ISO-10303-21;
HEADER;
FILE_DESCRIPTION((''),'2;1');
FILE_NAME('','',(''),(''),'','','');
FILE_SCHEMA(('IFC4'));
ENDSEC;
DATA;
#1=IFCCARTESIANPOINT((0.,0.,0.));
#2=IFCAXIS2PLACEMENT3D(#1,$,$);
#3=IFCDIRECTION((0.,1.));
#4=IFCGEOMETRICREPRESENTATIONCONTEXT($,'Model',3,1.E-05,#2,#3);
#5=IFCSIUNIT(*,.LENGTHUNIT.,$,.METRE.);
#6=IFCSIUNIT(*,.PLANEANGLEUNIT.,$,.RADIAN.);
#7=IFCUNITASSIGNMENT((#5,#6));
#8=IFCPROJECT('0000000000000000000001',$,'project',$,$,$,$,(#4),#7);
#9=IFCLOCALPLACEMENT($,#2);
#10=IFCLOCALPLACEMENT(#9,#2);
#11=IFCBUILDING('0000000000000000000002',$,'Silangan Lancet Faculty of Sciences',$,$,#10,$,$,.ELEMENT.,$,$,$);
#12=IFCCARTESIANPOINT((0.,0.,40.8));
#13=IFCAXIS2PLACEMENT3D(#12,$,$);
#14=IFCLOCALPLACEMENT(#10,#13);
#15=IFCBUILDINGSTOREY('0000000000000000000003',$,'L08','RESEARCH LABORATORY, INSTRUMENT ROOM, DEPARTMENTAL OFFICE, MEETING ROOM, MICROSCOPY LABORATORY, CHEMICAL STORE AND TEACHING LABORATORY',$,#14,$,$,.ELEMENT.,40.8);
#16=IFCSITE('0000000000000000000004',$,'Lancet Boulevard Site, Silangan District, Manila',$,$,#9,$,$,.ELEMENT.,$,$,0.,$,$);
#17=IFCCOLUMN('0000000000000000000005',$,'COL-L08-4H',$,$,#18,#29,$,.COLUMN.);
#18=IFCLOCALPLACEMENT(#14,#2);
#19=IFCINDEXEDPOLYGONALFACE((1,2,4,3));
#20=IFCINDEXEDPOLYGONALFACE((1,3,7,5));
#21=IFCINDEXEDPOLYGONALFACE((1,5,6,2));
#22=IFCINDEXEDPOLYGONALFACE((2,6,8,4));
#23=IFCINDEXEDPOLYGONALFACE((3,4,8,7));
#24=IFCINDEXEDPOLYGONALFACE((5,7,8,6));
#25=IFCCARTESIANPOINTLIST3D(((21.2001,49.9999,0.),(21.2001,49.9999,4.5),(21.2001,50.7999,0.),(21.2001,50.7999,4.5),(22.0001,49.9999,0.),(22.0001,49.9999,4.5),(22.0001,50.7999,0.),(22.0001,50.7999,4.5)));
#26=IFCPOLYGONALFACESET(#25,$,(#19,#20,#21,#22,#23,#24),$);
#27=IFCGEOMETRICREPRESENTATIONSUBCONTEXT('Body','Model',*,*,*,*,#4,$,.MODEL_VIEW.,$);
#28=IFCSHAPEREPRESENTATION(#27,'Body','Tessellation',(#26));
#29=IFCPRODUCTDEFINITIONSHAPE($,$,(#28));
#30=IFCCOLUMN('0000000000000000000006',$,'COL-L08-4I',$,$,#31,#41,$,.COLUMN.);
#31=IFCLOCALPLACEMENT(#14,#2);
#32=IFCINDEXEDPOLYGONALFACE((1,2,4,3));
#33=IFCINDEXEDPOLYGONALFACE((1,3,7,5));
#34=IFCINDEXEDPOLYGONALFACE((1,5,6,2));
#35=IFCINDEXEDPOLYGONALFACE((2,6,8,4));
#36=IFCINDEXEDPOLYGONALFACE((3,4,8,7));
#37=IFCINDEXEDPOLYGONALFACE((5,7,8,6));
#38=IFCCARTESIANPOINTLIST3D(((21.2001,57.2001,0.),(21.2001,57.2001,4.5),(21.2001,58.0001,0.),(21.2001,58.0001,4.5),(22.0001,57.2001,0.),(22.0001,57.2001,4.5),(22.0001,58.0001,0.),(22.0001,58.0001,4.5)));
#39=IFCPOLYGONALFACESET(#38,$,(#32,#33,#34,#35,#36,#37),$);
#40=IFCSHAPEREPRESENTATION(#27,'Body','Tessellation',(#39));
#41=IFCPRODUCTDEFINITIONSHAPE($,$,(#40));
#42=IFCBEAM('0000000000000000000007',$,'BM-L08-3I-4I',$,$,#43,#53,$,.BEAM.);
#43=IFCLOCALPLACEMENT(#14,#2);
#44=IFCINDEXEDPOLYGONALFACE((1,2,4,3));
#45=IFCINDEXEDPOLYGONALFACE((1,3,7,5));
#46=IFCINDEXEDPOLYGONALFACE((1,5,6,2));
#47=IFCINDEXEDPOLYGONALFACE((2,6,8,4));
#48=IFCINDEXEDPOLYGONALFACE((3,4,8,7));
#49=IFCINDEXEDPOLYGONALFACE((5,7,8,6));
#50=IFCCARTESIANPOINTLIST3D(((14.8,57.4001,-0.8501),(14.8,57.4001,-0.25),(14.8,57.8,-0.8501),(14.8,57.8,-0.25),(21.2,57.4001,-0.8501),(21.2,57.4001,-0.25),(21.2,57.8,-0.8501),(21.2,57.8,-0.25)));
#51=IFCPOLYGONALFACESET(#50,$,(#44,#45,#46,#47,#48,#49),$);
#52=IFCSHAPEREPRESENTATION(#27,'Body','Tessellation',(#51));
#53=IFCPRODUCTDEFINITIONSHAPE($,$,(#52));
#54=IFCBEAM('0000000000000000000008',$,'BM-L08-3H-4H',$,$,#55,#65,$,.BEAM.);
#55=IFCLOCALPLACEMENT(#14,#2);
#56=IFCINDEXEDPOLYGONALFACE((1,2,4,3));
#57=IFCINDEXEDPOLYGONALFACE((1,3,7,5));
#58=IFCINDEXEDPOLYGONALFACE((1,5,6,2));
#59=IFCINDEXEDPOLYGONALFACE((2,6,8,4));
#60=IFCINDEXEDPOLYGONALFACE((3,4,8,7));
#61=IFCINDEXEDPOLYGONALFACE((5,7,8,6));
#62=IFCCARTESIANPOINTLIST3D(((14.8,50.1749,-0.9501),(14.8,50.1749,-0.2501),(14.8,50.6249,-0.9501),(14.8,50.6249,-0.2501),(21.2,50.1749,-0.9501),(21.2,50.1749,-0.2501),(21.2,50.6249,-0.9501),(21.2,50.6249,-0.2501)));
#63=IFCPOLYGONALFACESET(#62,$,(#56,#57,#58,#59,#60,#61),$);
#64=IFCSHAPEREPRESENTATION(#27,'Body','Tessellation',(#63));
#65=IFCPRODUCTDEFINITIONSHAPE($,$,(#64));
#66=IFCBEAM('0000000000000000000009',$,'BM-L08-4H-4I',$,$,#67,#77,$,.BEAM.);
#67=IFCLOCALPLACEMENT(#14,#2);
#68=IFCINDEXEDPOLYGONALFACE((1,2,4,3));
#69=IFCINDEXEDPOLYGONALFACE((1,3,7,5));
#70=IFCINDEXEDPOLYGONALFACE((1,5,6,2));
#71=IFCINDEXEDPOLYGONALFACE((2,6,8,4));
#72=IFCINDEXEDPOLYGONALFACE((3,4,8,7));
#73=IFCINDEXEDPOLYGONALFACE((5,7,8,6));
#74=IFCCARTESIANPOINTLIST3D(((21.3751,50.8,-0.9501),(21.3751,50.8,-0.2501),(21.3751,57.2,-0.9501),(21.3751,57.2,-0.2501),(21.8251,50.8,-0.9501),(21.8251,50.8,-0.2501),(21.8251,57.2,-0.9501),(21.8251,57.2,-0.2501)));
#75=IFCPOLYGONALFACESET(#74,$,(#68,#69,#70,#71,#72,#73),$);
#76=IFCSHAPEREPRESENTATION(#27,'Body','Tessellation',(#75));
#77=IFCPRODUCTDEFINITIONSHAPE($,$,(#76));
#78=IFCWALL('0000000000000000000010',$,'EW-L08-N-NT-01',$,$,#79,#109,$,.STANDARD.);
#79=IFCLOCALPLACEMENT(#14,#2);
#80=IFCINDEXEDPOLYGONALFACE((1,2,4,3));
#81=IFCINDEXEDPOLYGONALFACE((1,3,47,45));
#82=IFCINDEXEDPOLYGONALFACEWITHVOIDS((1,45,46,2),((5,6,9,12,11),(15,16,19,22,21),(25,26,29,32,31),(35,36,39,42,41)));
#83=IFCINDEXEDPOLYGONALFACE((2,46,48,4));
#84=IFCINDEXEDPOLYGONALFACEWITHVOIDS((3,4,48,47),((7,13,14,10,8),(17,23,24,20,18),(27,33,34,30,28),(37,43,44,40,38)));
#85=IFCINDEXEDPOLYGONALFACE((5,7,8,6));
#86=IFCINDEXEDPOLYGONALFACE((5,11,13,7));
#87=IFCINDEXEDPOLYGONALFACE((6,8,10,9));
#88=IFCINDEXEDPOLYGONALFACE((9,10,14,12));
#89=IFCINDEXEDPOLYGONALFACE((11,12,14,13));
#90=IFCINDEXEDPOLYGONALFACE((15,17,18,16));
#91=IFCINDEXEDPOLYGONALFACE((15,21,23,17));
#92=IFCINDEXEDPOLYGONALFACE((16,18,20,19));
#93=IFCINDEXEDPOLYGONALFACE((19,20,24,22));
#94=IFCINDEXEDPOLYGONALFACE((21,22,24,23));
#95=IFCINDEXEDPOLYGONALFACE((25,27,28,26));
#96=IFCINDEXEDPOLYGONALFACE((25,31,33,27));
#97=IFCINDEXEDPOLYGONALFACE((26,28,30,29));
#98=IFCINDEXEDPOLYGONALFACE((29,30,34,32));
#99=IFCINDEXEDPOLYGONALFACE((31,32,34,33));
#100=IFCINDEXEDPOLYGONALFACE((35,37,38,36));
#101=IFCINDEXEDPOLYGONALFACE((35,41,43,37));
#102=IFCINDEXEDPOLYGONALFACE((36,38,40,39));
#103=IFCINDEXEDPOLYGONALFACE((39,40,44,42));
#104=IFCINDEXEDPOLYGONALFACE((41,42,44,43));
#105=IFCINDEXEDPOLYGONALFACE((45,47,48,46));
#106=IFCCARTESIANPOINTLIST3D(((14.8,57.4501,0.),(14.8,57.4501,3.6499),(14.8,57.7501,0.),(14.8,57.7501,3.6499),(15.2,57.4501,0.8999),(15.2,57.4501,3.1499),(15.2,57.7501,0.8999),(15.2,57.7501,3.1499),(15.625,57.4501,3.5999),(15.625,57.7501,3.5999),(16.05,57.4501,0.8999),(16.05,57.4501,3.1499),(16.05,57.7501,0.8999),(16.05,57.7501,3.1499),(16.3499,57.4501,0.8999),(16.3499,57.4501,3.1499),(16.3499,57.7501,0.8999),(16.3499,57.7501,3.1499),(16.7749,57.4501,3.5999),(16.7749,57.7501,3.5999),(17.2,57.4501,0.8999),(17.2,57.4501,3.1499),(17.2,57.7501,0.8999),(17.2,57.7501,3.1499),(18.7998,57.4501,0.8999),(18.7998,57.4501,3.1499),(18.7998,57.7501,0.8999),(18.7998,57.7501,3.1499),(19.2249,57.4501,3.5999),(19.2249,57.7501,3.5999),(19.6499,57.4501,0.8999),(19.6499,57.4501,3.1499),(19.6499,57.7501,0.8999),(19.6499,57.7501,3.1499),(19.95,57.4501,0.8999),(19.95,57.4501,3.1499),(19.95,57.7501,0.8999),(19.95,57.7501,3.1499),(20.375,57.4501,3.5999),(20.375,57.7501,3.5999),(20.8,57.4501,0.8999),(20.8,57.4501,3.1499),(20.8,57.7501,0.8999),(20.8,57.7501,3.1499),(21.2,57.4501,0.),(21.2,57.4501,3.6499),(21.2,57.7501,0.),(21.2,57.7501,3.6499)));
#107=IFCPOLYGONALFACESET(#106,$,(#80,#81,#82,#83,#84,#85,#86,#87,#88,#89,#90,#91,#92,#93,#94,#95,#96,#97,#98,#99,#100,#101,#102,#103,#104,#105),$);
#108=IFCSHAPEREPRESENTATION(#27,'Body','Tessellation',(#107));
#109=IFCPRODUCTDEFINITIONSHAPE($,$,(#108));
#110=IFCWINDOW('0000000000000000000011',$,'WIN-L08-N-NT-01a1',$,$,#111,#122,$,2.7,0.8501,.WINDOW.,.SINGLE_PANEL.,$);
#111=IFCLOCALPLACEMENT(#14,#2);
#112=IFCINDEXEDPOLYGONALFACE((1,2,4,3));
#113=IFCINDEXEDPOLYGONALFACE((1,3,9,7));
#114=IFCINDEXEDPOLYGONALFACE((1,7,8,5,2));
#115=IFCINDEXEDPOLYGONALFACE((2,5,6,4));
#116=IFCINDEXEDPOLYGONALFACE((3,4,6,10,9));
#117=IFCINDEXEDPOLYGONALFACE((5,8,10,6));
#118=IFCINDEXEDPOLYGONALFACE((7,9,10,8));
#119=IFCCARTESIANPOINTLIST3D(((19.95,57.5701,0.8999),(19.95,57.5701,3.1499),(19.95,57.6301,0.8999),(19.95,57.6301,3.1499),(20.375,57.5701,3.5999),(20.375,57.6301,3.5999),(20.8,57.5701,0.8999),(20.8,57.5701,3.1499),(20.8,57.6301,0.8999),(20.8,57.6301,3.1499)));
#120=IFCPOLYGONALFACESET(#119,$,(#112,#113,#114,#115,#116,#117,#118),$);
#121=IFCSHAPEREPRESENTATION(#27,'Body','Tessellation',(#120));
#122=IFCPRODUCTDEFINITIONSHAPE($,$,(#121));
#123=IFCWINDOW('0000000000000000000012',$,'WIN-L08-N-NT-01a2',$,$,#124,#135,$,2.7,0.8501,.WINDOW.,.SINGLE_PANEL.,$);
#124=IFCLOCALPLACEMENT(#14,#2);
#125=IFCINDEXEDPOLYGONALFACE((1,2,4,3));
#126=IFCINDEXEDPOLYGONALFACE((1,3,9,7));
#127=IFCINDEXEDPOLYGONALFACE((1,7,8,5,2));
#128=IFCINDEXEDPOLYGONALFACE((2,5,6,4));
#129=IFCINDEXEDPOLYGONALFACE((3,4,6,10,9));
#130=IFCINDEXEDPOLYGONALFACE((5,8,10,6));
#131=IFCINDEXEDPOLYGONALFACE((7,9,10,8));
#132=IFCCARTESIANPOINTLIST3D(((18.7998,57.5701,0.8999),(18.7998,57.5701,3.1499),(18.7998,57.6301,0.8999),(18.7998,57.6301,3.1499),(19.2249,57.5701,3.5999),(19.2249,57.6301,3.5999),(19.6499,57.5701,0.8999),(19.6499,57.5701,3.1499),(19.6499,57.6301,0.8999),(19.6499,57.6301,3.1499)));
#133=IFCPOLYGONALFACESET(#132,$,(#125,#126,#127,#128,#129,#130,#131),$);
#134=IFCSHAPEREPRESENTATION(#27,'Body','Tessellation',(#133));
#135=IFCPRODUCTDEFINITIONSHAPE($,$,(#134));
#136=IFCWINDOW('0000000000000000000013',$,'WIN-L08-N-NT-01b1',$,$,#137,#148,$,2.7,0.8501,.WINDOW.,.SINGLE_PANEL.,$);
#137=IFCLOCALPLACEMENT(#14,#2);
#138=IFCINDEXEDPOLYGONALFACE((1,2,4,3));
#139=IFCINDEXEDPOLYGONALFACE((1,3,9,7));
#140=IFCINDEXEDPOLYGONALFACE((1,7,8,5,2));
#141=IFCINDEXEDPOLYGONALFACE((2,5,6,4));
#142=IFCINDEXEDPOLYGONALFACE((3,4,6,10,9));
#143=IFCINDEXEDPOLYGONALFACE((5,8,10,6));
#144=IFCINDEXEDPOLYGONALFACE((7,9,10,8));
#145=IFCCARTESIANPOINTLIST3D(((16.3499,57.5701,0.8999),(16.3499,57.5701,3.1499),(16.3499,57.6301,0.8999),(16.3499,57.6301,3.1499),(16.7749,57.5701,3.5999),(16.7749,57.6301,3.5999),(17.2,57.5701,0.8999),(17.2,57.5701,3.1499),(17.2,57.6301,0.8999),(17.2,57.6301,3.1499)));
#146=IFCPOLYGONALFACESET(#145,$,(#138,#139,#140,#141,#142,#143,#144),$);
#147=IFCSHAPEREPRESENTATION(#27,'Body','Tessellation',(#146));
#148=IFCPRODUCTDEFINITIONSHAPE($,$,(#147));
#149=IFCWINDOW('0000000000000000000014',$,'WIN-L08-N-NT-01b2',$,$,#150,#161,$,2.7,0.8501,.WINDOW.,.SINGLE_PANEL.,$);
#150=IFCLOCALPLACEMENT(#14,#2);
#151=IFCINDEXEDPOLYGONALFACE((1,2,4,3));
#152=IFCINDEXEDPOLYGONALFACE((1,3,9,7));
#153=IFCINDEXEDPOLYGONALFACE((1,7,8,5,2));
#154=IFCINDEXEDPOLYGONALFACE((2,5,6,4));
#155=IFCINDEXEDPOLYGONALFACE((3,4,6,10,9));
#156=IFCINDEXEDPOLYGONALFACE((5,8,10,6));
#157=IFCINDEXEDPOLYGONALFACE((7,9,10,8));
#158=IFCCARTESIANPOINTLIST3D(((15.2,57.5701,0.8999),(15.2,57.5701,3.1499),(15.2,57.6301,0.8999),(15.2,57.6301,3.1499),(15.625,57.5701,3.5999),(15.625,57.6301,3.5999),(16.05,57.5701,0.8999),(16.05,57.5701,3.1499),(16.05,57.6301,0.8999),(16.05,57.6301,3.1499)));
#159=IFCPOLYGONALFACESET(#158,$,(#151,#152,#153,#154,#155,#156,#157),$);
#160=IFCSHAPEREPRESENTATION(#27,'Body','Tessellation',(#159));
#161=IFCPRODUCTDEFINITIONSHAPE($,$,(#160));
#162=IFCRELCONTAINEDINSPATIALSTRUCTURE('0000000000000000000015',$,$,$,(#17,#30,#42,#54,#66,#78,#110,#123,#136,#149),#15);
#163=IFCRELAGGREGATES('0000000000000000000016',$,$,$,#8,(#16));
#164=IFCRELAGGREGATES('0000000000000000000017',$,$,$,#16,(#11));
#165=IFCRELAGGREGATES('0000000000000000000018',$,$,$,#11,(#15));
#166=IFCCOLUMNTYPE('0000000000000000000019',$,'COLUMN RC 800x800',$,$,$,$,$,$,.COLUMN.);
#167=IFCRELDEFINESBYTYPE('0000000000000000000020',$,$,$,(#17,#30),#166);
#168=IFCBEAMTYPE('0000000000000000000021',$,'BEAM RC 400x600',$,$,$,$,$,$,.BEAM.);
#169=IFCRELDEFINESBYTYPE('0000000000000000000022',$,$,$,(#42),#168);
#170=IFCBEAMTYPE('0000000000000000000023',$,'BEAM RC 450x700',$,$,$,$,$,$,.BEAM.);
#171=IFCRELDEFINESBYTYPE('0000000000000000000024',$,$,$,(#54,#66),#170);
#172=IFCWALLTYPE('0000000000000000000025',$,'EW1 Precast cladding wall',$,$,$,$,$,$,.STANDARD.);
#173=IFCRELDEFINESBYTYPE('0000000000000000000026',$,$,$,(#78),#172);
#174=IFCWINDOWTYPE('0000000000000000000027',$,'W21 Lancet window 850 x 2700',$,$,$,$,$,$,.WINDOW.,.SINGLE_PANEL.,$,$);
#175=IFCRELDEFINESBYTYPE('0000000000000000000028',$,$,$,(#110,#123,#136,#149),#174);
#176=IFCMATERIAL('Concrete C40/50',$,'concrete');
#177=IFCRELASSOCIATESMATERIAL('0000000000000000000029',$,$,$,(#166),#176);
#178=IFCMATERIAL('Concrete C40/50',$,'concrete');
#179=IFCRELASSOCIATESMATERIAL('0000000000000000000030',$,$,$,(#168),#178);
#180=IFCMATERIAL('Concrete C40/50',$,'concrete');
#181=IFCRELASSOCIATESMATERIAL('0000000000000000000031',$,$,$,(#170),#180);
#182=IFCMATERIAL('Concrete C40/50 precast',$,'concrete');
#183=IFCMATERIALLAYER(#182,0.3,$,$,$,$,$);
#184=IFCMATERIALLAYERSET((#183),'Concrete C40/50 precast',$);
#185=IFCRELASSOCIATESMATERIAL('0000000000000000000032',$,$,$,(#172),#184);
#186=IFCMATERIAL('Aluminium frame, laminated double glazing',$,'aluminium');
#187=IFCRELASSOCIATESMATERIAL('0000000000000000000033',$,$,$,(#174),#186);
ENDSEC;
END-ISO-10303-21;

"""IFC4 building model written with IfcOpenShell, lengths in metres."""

from ifc_helpers import new_model, si_unit, direction, frame, frame_2d, origin, origin_2d, place, context, subcontext, project, spatial, polyline, rectangle, outline, extrude, material, layer, layer_set, material_profile, profile_set, type_object, element, fill, save


model = new_model("IFC4")

# Units and contexts
model_context = context("Model", 3, precision=1e-05, world=origin(), true_north=direction((0.0, 1.0)))
body_context = subcontext(model_context, "Body", "Model", "MODEL_VIEW")
ifc_project = project(units=[si_unit("LENGTHUNIT", "METRE"), si_unit("PLANEANGLEUNIT", "RADIAN")], contexts=[model_context])

# Site, building, storey
site_placement = place(None, origin())
site = spatial("IfcSite", under=ifc_project, at=site_placement, Name="Lancet Boulevard Site, Silangan District, Manila", CompositionType="ELEMENT", RefElevation=0.0)
building_placement = place(site_placement, origin())
building = spatial("IfcBuilding", under=site, at=building_placement, Name="Silangan Lancet Faculty of Sciences", CompositionType="ELEMENT")
storey_placement = place(building_placement, frame((0.0, 0.0, 40.8)))
storey = spatial("IfcBuildingStorey", under=building, at=storey_placement, Name="L08", Description="RESEARCH LABORATORY, INSTRUMENT ROOM, DEPARTMENTAL OFFICE, MEETING ROOM, MICROSCOPY LABORATORY, CHEMICAL STORE AND TEACHING LABORATORY", CompositionType="ELEMENT", Elevation=40.8)

# Columns
ifc_material_1 = material(Name="Concrete C40/50", Category="concrete")
ifc_material_profile_1 = material_profile(ifc_material_1, rectangle(XDim=0.8, YDim=0.8, at=origin_2d()), Name="RC 800x800")
ifc_profile_set_1 = profile_set([ifc_material_profile_1], Name="Concrete C40/50")
column_type = type_object("IfcColumnType", Name="COLUMN RC 800x800", PredefinedType="COLUMN", material=ifc_profile_set_1)
for number, where, z_axis, x_axis, name in (
    (1, (21.6001, 50.3999, 0.0), (0.0, 0.0, 1.0), (1.0, 0.0, 0.0), "COL-L08-4H"),
    (2, (21.6001, 57.6001, 0.0), (0.0, 0.0, 1.0), (1.0, 0.0, 0.0), "COL-L08-4I"),
):
    element("IfcColumn", number, at=place(storey_placement, frame(where, z_axis=z_axis, x_axis=x_axis)), inside=storey, type_object=column_type, Name=name, PredefinedType="COLUMN", context=body_context, shape_type="SweptSolid", body=[
        extrude(rectangle(XDim=0.8, YDim=0.8, at=origin_2d()), origin(), (0.0, 0.0, 1.0), 4.5),
    ])

# Beams
ifc_material_2 = material(Name="Concrete C40/50", Category="concrete")
ifc_material_profile_2 = material_profile(ifc_material_2, rectangle(XDim=0.3999, YDim=0.6001, at=origin_2d()), Name="RC 400x600")
ifc_profile_set_2 = profile_set([ifc_material_profile_2], Name="Concrete C40/50")
beam_type_1 = type_object("IfcBeamType", Name="BEAM RC 400x600", PredefinedType="BEAM", material=ifc_profile_set_2)
beam_placement = place(storey_placement, frame((14.8, 57.6001, -0.55), z_axis=(1.0, 0.0, 0.0), x_axis=(0.0, 1.0, 0.0)))
element("IfcBeam", 3, at=beam_placement, inside=storey, type_object=beam_type_1, Name="BM-L08-3I-4I", PredefinedType="BEAM", context=body_context, shape_type="SweptSolid", body=[
    extrude(rectangle(XDim=0.3999, YDim=0.6001, at=origin_2d()), origin(), (0.0, 0.0, 1.0), 6.3999),
])
ifc_material_3 = material(Name="Concrete C40/50", Category="concrete")
ifc_material_profile_3 = material_profile(ifc_material_3, rectangle(XDim=0.45, YDim=0.7, at=origin_2d()), Name="RC 450x700")
ifc_profile_set_3 = profile_set([ifc_material_profile_3], Name="Concrete C40/50")
beam_type_2 = type_object("IfcBeamType", Name="BEAM RC 450x700", PredefinedType="BEAM", material=ifc_profile_set_3)
for number, where, z_axis, x_axis, name in (
    (4, (14.8, 50.3999, -0.6001), (1.0, 0.0, 0.0), (0.0, 1.0, 0.0), "BM-L08-3H-4H"),
    (5, (21.6001, 50.8, -0.6001), (0.0, 1.0, 0.0), (-1.0, 0.0, 0.0), "BM-L08-4H-4I"),
):
    element("IfcBeam", number, at=place(storey_placement, frame(where, z_axis=z_axis, x_axis=x_axis)), inside=storey, type_object=beam_type_2, Name=name, PredefinedType="BEAM", context=body_context, shape_type="SweptSolid", body=[
        extrude(rectangle(XDim=0.45, YDim=0.7, at=origin_2d()), origin(), (0.0, 0.0, 1.0), 6.3999),
    ])

# Wall, openings, windows
ifc_material_4 = material(Name="Concrete C40/50 precast", Category="concrete")
ifc_layer_1 = layer(ifc_material_4, 0.3)
ifc_layer_set_1 = layer_set([ifc_layer_1], Name="Concrete C40/50 precast")
wall_type_1 = type_object("IfcWallType", Name="EW1 Precast cladding wall", PredefinedType="STANDARD", material=ifc_layer_set_1)
wall_1_placement = place(storey_placement, frame((21.2, 57.6001, 0.0), z_axis=(0.0, 0.0, 1.0), x_axis=(-1.0, 0.0, 0.0)))
wall_1 = element("IfcWall", 6, at=wall_1_placement, inside=storey, type_object=wall_type_1, Name="EW-L08-N-NT-01", PredefinedType="STANDARD", context=body_context, shape_type="SweptSolid", body=[
    extrude(rectangle(XDim=6.3999, YDim=0.3, at=frame_2d((3.2, 0.0))), origin(), (0.0, 0.0, 1.0), 3.6499),
])
opening_1_placement = place(wall_1_placement, frame((0.3999, 0.0, 0.8999)))
opening_1 = element("IfcOpeningElement", 7, at=opening_1_placement, cuts=wall_1, PredefinedType="OPENING", context=body_context, shape_type="SweptSolid", body=[
    extrude(outline(polyline([(0.0, 0.0), (0.8501, 0.0), (0.8501, 2.25), (0.425, 2.7), (0.0, 2.25), (0.0, 0.0)])), frame((0.0, 0.1599, 0.0), z_axis=(0.0, -1.0, 0.0), x_axis=(1.0, 0.0, 0.0)), (0.0, 0.0, 1.0), 0.3201),
])
opening_2_placement = place(wall_1_placement, frame((1.55, 0.0, 0.8999)))
opening_2 = element("IfcOpeningElement", 8, at=opening_2_placement, cuts=wall_1, PredefinedType="OPENING", context=body_context, shape_type="SweptSolid", body=[
    extrude(outline(polyline([(0.0, 0.0), (0.8501, 0.0), (0.8501, 2.25), (0.425, 2.7), (0.0, 2.25), (0.0, 0.0)])), frame((0.0, 0.1599, 0.0), z_axis=(0.0, -1.0, 0.0), x_axis=(1.0, 0.0, 0.0)), (0.0, 0.0, 1.0), 0.3201),
])
opening_3_placement = place(wall_1_placement, frame((4.0, 0.0, 0.8999)))
opening_3 = element("IfcOpeningElement", 9, at=opening_3_placement, cuts=wall_1, PredefinedType="OPENING", context=body_context, shape_type="SweptSolid", body=[
    extrude(outline(polyline([(0.0, 0.0), (0.8501, 0.0), (0.8501, 2.25), (0.425, 2.7), (0.0, 2.25), (0.0, 0.0)])), frame((0.0, 0.1599, 0.0), z_axis=(0.0, -1.0, 0.0), x_axis=(1.0, 0.0, 0.0)), (0.0, 0.0, 1.0), 0.3201),
])
opening_4_placement = place(wall_1_placement, frame((5.1499, 0.0, 0.8999)))
opening_4 = element("IfcOpeningElement", 10, at=opening_4_placement, cuts=wall_1, PredefinedType="OPENING", context=body_context, shape_type="SweptSolid", body=[
    extrude(outline(polyline([(0.0, 0.0), (0.8501, 0.0), (0.8501, 2.25), (0.425, 2.7), (0.0, 2.25), (0.0, 0.0)])), frame((0.0, 0.1599, 0.0), z_axis=(0.0, -1.0, 0.0), x_axis=(1.0, 0.0, 0.0)), (0.0, 0.0, 1.0), 0.3201),
])
ifc_material_5 = material(Name="Aluminium frame, laminated double glazing", Category="aluminium")
window_type = type_object("IfcWindowType", Name="W21 Lancet window 850 x 2700", PartitioningType="SINGLE_PANEL", PredefinedType="WINDOW", material=ifc_material_5)
window_1_placement = place(opening_1_placement, origin())
window_1 = element("IfcWindow", 11, at=window_1_placement, inside=storey, type_object=window_type, Name="WIN-L08-N-NT-01a1", OverallHeight=2.7, OverallWidth=0.8501, PartitioningType="SINGLE_PANEL", PredefinedType="WINDOW", context=body_context, shape_type="SweptSolid", body=[
    extrude(outline(polyline([(0.0, 0.0), (0.8501, 0.0), (0.8501, 2.25), (0.425, 2.7), (0.0, 2.25), (0.0, 0.0)])), frame((0.0, 0.03, 0.0), z_axis=(0.0, -1.0, 0.0), x_axis=(1.0, 0.0, 0.0)), (0.0, 0.0, 1.0), 0.0601),
])
fill(opening_1, window_1)
window_2_placement = place(opening_2_placement, origin())
window_2 = element("IfcWindow", 12, at=window_2_placement, inside=storey, type_object=window_type, Name="WIN-L08-N-NT-01a2", OverallHeight=2.7, OverallWidth=0.8501, PartitioningType="SINGLE_PANEL", PredefinedType="WINDOW", context=body_context, shape_type="SweptSolid", body=[
    extrude(outline(polyline([(0.0, 0.0), (0.8501, 0.0), (0.8501, 2.25), (0.425, 2.7), (0.0, 2.25), (0.0, 0.0)])), frame((0.0, 0.03, 0.0), z_axis=(0.0, -1.0, 0.0), x_axis=(1.0, 0.0, 0.0)), (0.0, 0.0, 1.0), 0.0601),
])
fill(opening_2, window_2)
window_3_placement = place(opening_3_placement, origin())
window_3 = element("IfcWindow", 13, at=window_3_placement, inside=storey, type_object=window_type, Name="WIN-L08-N-NT-01b1", OverallHeight=2.7, OverallWidth=0.8501, PartitioningType="SINGLE_PANEL", PredefinedType="WINDOW", context=body_context, shape_type="SweptSolid", body=[
    extrude(outline(polyline([(0.0, 0.0), (0.8501, 0.0), (0.8501, 2.25), (0.425, 2.7), (0.0, 2.25), (0.0, 0.0)])), frame((0.0, 0.03, 0.0), z_axis=(0.0, -1.0, 0.0), x_axis=(1.0, 0.0, 0.0)), (0.0, 0.0, 1.0), 0.0601),
])
fill(opening_3, window_3)
window_4_placement = place(opening_4_placement, origin())
window_4 = element("IfcWindow", 14, at=window_4_placement, inside=storey, type_object=window_type, Name="WIN-L08-N-NT-01b2", OverallHeight=2.7, OverallWidth=0.8501, PartitioningType="SINGLE_PANEL", PredefinedType="WINDOW", context=body_context, shape_type="SweptSolid", body=[
    extrude(outline(polyline([(0.0, 0.0), (0.8501, 0.0), (0.8501, 2.25), (0.425, 2.7), (0.0, 2.25), (0.0, 0.0)])), frame((0.0, 0.03, 0.0), z_axis=(0.0, -1.0, 0.0), x_axis=(1.0, 0.0, 0.0)), (0.0, 0.0, 1.0), 0.0601),
])
fill(opening_4, window_4)

save(model, "model.ifc")
